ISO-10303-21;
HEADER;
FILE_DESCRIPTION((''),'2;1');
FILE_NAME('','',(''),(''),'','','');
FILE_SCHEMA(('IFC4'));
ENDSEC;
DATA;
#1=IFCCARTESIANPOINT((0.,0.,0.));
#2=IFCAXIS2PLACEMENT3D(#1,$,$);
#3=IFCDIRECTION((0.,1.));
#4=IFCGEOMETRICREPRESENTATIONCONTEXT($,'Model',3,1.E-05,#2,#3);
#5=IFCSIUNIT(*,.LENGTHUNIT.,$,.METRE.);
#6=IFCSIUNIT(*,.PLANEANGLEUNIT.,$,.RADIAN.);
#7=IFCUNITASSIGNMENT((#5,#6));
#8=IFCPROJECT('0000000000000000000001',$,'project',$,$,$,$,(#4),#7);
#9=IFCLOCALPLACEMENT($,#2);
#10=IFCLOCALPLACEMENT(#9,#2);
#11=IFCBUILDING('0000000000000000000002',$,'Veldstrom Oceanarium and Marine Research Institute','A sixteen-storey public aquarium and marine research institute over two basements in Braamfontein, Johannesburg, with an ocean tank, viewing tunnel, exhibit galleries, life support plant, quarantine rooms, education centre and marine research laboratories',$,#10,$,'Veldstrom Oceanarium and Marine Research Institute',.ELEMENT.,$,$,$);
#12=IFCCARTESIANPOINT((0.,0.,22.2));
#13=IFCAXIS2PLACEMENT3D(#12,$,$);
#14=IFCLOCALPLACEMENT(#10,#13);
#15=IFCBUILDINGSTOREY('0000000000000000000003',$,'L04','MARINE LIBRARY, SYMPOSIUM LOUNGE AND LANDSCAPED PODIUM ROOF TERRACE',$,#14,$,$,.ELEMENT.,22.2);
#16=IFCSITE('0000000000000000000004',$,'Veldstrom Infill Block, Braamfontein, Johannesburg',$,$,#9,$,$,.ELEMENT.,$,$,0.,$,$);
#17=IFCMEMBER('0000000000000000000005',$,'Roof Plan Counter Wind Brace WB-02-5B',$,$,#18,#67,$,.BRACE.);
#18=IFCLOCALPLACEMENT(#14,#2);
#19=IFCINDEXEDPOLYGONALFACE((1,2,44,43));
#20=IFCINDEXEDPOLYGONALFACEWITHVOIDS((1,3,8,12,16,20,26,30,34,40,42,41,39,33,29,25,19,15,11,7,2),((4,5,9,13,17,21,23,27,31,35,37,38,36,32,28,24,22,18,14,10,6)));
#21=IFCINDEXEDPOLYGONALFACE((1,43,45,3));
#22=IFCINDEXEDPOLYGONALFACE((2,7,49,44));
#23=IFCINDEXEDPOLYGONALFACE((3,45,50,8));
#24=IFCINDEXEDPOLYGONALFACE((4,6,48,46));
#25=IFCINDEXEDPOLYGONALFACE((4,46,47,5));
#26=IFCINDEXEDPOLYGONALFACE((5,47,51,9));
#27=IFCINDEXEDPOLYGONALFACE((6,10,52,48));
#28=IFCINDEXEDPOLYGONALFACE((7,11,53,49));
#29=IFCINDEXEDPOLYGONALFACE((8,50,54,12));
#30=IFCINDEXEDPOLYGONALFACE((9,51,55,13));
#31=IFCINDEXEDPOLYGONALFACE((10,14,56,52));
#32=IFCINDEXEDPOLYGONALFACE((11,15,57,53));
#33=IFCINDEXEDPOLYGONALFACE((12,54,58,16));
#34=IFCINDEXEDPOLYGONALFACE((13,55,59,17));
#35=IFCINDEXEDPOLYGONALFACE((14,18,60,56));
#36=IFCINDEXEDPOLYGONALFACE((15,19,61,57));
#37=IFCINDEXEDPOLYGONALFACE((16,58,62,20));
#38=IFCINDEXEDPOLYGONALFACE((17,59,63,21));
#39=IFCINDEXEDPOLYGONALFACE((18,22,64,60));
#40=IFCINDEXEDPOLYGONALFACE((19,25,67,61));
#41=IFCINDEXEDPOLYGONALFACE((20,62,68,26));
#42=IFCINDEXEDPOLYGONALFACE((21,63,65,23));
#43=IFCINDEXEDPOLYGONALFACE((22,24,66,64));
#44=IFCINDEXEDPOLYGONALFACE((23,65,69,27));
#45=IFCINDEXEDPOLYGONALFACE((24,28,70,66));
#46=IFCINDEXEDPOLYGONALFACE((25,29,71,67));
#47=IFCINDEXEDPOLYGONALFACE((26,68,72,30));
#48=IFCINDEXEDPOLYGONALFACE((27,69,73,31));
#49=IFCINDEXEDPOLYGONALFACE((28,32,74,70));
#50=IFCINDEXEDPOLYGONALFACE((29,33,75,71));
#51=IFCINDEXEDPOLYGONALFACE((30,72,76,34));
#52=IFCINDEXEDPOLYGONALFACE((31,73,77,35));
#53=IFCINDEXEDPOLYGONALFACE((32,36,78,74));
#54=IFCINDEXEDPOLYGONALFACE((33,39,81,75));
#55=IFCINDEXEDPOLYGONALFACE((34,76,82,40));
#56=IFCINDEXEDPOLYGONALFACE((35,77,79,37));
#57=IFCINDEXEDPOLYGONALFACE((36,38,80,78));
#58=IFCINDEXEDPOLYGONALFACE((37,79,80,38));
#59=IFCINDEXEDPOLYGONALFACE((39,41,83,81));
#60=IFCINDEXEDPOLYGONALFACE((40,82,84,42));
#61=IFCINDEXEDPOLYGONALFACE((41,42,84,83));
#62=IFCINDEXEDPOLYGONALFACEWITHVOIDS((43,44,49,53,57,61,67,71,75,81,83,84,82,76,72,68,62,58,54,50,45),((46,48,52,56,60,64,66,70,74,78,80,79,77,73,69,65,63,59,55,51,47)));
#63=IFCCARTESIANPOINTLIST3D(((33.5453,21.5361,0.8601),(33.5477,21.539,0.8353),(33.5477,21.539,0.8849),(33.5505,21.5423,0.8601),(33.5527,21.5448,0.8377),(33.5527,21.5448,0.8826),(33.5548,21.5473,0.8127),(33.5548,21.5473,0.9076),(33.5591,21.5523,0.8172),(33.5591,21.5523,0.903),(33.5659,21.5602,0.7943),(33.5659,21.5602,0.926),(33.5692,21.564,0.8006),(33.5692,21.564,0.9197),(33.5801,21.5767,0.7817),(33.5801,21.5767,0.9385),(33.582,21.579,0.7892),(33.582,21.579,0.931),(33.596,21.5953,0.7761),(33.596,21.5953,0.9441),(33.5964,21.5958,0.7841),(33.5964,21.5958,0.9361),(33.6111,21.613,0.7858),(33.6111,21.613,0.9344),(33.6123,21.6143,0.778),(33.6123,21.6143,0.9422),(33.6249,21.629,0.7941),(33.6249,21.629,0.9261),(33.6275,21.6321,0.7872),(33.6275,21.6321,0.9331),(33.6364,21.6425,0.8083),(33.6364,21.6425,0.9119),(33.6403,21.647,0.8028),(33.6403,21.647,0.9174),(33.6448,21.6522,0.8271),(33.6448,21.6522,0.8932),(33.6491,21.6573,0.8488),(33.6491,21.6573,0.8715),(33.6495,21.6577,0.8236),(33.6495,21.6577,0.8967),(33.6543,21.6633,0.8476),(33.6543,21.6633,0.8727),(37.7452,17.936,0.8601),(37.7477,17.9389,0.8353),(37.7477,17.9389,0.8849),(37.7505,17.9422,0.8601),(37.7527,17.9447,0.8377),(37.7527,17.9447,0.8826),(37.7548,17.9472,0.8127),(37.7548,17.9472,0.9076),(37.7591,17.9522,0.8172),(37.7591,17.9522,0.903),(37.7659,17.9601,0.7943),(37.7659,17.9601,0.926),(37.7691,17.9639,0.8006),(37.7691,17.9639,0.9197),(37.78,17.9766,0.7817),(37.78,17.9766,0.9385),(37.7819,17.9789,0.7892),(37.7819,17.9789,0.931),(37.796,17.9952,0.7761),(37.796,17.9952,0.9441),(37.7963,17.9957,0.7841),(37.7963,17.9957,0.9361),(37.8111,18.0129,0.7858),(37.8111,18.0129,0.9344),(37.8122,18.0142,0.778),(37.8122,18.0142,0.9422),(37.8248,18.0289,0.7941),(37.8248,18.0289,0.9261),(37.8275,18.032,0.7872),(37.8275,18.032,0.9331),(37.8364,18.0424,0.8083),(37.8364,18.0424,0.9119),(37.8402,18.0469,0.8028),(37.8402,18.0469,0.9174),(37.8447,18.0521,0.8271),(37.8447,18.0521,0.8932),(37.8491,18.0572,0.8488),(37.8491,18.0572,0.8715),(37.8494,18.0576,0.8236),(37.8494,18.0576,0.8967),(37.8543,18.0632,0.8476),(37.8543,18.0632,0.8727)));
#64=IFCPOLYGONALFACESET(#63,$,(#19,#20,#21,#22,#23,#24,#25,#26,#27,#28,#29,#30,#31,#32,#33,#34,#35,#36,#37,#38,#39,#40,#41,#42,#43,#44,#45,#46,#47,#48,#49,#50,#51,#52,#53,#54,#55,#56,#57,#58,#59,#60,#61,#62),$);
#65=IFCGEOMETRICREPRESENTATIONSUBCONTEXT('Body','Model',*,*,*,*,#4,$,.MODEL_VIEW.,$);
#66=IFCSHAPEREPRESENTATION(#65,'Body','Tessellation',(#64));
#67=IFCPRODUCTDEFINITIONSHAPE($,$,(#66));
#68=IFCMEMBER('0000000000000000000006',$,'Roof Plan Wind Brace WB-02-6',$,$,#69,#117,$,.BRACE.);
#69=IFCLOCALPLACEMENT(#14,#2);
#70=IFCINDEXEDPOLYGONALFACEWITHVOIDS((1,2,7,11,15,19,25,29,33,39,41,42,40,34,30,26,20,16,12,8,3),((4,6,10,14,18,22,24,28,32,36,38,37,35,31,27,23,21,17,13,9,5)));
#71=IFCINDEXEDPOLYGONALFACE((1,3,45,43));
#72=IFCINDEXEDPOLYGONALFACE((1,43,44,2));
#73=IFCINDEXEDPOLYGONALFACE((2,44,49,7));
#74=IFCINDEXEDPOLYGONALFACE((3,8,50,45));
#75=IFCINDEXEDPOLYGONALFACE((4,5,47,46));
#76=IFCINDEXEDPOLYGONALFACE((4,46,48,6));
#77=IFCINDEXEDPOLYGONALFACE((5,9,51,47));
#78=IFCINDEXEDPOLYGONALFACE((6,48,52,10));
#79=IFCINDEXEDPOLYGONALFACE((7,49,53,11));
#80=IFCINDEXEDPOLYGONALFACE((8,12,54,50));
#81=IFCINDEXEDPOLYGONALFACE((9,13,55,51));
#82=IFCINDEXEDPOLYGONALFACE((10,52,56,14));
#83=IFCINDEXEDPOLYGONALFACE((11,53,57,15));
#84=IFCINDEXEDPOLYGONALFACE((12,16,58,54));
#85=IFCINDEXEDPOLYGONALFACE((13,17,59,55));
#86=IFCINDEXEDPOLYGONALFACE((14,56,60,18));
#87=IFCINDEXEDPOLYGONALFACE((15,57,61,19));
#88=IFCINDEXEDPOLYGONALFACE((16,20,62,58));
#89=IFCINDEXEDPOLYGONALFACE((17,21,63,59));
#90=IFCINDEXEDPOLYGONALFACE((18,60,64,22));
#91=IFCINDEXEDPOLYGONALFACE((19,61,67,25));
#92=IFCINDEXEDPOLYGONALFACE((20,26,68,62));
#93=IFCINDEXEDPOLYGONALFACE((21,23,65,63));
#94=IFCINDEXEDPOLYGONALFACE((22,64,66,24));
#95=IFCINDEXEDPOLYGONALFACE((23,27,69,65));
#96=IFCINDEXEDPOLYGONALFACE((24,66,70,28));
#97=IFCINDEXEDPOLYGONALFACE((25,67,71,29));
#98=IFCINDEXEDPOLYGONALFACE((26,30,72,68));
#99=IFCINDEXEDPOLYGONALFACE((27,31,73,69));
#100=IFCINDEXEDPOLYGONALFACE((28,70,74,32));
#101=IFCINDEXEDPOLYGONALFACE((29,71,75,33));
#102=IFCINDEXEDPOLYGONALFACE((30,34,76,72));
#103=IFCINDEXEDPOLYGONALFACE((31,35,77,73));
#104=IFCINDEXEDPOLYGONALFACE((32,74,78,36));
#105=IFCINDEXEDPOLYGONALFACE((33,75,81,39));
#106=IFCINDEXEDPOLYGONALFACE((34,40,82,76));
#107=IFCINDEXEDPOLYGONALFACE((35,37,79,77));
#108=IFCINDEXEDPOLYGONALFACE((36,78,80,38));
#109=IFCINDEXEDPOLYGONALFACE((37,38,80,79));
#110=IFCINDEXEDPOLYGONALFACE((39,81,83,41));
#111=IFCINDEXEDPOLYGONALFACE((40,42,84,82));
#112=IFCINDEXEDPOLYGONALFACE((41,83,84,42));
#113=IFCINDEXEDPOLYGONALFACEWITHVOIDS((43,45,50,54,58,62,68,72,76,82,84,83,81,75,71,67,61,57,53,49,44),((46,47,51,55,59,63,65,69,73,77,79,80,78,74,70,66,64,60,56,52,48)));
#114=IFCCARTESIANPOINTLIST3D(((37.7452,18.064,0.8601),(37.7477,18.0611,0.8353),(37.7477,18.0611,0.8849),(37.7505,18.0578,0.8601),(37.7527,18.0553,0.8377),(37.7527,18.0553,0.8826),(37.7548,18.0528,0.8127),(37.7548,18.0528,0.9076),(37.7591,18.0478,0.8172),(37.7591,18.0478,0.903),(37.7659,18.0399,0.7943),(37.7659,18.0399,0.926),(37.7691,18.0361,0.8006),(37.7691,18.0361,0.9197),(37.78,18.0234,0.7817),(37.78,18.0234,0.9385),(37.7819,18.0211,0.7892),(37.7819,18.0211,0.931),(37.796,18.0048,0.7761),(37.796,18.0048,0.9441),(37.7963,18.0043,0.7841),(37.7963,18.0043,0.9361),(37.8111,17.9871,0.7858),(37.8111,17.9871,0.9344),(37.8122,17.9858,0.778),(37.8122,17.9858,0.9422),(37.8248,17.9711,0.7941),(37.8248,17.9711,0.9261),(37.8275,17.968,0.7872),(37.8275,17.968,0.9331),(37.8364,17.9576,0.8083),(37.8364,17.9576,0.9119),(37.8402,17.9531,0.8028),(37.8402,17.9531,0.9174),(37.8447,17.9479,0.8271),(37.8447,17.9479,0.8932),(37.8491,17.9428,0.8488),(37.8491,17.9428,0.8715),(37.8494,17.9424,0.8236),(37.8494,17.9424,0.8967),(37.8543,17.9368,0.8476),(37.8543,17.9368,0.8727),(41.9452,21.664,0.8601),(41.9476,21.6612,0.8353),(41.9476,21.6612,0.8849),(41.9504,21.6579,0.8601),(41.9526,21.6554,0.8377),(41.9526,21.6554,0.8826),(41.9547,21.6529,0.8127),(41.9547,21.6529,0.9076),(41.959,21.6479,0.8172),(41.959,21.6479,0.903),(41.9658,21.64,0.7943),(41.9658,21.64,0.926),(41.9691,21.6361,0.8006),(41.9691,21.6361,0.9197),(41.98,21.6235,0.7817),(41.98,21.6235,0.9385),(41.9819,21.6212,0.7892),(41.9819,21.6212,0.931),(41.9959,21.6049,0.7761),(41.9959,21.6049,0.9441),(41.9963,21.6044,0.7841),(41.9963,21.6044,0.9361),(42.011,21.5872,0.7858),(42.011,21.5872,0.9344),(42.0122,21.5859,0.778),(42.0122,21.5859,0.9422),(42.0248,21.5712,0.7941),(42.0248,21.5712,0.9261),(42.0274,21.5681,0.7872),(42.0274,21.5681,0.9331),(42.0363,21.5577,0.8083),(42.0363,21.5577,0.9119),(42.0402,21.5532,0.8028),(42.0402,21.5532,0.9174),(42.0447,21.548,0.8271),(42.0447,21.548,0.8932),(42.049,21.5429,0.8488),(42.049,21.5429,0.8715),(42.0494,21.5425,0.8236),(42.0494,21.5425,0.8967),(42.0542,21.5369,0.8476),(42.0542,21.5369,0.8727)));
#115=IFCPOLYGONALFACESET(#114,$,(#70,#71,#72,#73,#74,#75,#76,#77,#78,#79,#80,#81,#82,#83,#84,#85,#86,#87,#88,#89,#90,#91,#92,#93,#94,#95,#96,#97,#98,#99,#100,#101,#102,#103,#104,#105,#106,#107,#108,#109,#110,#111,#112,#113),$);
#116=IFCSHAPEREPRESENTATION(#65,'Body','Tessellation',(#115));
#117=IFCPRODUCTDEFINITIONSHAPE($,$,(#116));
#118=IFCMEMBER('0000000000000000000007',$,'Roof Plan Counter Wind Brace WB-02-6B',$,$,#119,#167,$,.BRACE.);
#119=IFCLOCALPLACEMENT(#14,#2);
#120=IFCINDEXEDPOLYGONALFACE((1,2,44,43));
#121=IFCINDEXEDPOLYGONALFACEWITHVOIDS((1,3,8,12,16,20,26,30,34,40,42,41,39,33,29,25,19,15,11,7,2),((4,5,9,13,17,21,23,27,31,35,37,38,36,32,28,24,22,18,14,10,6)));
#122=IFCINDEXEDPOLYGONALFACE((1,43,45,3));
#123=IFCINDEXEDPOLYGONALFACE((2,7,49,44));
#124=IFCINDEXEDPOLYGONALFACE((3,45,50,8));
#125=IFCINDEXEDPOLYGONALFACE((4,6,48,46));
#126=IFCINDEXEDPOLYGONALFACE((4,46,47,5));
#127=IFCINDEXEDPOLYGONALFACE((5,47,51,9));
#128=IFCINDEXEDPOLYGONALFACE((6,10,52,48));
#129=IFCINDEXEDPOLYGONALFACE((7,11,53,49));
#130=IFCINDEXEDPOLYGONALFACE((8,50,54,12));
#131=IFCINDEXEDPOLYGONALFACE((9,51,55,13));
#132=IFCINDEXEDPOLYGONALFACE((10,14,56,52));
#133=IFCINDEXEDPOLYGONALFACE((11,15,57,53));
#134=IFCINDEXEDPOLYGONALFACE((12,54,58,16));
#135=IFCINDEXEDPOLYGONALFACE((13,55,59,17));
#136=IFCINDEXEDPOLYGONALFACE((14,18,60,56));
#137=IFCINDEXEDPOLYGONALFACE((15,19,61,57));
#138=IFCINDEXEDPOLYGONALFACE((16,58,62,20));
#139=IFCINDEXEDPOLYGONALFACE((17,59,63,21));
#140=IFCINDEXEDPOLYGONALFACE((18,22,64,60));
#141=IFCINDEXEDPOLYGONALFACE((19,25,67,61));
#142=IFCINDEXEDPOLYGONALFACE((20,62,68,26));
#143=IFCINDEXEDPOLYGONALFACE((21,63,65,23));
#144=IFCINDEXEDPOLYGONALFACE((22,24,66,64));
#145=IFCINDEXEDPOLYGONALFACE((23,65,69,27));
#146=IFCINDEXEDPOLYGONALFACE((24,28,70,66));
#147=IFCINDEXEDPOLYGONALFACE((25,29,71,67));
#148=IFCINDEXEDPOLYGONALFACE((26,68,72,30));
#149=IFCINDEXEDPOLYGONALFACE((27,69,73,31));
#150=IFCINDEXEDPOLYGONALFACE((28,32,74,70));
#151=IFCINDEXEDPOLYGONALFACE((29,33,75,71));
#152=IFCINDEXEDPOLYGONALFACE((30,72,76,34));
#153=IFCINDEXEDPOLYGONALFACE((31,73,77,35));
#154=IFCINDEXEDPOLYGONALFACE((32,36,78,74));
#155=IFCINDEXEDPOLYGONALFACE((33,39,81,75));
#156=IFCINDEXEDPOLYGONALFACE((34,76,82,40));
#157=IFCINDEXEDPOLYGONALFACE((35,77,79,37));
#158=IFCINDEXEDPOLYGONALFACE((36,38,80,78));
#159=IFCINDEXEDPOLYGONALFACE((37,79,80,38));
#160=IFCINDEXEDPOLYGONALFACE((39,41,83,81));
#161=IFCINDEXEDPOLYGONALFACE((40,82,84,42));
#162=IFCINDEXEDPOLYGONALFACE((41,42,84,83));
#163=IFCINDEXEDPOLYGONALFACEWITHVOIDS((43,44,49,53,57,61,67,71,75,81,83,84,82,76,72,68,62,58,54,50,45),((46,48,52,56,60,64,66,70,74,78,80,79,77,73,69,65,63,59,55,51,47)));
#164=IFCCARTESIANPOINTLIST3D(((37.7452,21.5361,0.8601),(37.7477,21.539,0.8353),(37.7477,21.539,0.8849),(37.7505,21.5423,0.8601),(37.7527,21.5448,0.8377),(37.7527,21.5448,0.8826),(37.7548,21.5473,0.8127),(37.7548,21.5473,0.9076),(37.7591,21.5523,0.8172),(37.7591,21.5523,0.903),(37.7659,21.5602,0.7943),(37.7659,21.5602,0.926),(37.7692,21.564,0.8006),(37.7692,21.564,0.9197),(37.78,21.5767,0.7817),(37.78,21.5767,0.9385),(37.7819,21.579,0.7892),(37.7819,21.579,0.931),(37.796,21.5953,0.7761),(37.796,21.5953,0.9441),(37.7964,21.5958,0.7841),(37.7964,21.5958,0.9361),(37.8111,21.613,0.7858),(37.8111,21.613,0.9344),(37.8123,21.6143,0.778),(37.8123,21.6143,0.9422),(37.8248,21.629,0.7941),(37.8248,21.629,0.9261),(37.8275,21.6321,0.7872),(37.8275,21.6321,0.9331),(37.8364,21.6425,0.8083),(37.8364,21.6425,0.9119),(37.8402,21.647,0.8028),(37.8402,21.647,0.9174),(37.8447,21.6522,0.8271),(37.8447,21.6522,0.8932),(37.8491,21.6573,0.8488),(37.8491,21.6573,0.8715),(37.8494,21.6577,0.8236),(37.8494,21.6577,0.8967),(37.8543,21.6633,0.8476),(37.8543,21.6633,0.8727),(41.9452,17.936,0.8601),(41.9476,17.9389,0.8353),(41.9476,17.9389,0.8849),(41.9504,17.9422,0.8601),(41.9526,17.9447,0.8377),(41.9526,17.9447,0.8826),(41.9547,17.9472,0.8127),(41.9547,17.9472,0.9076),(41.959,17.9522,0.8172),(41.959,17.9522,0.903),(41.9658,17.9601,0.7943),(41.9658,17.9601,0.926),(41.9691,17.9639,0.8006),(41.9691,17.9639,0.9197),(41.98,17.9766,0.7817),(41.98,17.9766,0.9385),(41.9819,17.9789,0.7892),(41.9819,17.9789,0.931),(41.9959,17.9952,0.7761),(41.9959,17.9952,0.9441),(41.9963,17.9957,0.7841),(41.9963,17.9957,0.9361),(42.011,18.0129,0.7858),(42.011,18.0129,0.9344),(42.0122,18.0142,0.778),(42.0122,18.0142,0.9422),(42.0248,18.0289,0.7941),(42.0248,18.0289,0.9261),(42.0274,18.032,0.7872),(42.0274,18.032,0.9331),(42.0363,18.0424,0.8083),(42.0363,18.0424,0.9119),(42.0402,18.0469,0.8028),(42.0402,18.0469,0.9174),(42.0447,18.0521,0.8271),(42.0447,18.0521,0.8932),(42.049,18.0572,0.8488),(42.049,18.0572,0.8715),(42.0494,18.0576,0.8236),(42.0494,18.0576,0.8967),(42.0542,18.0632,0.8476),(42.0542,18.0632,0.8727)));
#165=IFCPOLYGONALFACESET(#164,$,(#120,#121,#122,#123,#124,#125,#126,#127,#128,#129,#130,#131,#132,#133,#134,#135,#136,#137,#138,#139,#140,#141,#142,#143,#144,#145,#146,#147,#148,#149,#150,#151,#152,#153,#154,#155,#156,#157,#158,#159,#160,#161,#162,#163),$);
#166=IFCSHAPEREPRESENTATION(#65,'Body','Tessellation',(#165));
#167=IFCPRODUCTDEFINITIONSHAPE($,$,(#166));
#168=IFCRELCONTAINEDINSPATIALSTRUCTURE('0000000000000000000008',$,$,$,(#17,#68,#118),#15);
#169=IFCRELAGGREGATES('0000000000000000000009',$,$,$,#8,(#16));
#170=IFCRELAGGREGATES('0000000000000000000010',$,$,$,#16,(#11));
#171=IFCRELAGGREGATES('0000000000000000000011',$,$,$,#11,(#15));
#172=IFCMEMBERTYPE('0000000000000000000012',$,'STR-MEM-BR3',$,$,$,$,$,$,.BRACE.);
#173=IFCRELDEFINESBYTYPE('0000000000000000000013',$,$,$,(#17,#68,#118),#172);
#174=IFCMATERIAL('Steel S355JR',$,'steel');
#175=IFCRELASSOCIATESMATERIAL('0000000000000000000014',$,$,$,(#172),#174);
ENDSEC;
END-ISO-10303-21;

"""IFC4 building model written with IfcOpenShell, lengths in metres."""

from ifc_helpers import new_model, si_unit, direction, frame, origin, origin_2d, place, context, subcontext, project, spatial, hollow_circle, extrude, material, material_profile, profile_set, type_object, element, save


model = new_model("IFC4")

# Units and contexts
model_context = context("Model", 3, precision=1e-05, world=origin(), true_north=direction((0.0, 1.0)))
body_context = subcontext(model_context, "Body", "Model", "MODEL_VIEW")
ifc_project = project(units=[si_unit("LENGTHUNIT", "METRE"), si_unit("PLANEANGLEUNIT", "RADIAN")], contexts=[model_context])

# Site, building, storey
site_placement = place(None, origin())
site = spatial("IfcSite", under=ifc_project, at=site_placement, Name="Veldstrom Infill Block, Braamfontein, Johannesburg", CompositionType="ELEMENT", RefElevation=0.0)
building_placement = place(site_placement, origin())
building = spatial("IfcBuilding", under=site, at=building_placement, Name="Veldstrom Oceanarium and Marine Research Institute", Description="A sixteen-storey public aquarium and marine research institute over two basements in Braamfontein, Johannesburg, with an ocean tank, viewing tunnel, exhibit galleries, life support plant, quarantine rooms, education centre and marine research laboratories", LongName="Veldstrom Oceanarium and Marine Research Institute", CompositionType="ELEMENT")
storey_placement = place(building_placement, frame((0.0, 0.0, 22.2)))
storey = spatial("IfcBuildingStorey", under=building, at=storey_placement, Name="L04", Description="MARINE LIBRARY, SYMPOSIUM LOUNGE AND LANDSCAPED PODIUM ROOF TERRACE", CompositionType="ELEMENT", Elevation=22.2)

# Members
ifc_material_1 = material(Name="Steel S355JR", Category="steel")
ifc_material_profile_1 = material_profile(ifc_material_1, hollow_circle(Radius=0.0842, WallThickness=0.0081, at=origin_2d()), Name="CHS 168.3x8")
ifc_profile_set_1 = profile_set([ifc_material_profile_1], Name="Steel S355JR")
member_type_1 = type_object("IfcMemberType", Name="STR-MEM-BR3", PredefinedType="BRACE", material=ifc_profile_set_1)
for number, where, z_axis, x_axis, name in (
    (1, (37.8, 18.0, 0.8601), (-0.759244, 0.650806, 0.0), (-0.650806, -0.759244, 0.0), "Roof Plan Counter Wind Brace WB-02-5B"),
    (2, (37.8, 18.0, 0.8601), (0.759244, 0.650806, 0.0), (-0.650806, 0.759244, 0.0), "Roof Plan Wind Brace WB-02-6"),
    (3, (42.0, 18.0, 0.8601), (-0.759244, 0.650806, 0.0), (-0.650806, -0.759244, 0.0), "Roof Plan Counter Wind Brace WB-02-6B"),
):
    element("IfcMember", number, at=place(storey_placement, frame(where, z_axis=z_axis, x_axis=x_axis)), inside=storey, type_object=member_type_1, Name=name, PredefinedType="BRACE", context=body_context, shape_type="SweptSolid", body=[
        extrude(hollow_circle(Radius=0.0842, WallThickness=0.0081, at=origin_2d()), origin(), (0.0, 0.0, 1.0), 5.5317),
    ])

save(model, "model.ifc")
